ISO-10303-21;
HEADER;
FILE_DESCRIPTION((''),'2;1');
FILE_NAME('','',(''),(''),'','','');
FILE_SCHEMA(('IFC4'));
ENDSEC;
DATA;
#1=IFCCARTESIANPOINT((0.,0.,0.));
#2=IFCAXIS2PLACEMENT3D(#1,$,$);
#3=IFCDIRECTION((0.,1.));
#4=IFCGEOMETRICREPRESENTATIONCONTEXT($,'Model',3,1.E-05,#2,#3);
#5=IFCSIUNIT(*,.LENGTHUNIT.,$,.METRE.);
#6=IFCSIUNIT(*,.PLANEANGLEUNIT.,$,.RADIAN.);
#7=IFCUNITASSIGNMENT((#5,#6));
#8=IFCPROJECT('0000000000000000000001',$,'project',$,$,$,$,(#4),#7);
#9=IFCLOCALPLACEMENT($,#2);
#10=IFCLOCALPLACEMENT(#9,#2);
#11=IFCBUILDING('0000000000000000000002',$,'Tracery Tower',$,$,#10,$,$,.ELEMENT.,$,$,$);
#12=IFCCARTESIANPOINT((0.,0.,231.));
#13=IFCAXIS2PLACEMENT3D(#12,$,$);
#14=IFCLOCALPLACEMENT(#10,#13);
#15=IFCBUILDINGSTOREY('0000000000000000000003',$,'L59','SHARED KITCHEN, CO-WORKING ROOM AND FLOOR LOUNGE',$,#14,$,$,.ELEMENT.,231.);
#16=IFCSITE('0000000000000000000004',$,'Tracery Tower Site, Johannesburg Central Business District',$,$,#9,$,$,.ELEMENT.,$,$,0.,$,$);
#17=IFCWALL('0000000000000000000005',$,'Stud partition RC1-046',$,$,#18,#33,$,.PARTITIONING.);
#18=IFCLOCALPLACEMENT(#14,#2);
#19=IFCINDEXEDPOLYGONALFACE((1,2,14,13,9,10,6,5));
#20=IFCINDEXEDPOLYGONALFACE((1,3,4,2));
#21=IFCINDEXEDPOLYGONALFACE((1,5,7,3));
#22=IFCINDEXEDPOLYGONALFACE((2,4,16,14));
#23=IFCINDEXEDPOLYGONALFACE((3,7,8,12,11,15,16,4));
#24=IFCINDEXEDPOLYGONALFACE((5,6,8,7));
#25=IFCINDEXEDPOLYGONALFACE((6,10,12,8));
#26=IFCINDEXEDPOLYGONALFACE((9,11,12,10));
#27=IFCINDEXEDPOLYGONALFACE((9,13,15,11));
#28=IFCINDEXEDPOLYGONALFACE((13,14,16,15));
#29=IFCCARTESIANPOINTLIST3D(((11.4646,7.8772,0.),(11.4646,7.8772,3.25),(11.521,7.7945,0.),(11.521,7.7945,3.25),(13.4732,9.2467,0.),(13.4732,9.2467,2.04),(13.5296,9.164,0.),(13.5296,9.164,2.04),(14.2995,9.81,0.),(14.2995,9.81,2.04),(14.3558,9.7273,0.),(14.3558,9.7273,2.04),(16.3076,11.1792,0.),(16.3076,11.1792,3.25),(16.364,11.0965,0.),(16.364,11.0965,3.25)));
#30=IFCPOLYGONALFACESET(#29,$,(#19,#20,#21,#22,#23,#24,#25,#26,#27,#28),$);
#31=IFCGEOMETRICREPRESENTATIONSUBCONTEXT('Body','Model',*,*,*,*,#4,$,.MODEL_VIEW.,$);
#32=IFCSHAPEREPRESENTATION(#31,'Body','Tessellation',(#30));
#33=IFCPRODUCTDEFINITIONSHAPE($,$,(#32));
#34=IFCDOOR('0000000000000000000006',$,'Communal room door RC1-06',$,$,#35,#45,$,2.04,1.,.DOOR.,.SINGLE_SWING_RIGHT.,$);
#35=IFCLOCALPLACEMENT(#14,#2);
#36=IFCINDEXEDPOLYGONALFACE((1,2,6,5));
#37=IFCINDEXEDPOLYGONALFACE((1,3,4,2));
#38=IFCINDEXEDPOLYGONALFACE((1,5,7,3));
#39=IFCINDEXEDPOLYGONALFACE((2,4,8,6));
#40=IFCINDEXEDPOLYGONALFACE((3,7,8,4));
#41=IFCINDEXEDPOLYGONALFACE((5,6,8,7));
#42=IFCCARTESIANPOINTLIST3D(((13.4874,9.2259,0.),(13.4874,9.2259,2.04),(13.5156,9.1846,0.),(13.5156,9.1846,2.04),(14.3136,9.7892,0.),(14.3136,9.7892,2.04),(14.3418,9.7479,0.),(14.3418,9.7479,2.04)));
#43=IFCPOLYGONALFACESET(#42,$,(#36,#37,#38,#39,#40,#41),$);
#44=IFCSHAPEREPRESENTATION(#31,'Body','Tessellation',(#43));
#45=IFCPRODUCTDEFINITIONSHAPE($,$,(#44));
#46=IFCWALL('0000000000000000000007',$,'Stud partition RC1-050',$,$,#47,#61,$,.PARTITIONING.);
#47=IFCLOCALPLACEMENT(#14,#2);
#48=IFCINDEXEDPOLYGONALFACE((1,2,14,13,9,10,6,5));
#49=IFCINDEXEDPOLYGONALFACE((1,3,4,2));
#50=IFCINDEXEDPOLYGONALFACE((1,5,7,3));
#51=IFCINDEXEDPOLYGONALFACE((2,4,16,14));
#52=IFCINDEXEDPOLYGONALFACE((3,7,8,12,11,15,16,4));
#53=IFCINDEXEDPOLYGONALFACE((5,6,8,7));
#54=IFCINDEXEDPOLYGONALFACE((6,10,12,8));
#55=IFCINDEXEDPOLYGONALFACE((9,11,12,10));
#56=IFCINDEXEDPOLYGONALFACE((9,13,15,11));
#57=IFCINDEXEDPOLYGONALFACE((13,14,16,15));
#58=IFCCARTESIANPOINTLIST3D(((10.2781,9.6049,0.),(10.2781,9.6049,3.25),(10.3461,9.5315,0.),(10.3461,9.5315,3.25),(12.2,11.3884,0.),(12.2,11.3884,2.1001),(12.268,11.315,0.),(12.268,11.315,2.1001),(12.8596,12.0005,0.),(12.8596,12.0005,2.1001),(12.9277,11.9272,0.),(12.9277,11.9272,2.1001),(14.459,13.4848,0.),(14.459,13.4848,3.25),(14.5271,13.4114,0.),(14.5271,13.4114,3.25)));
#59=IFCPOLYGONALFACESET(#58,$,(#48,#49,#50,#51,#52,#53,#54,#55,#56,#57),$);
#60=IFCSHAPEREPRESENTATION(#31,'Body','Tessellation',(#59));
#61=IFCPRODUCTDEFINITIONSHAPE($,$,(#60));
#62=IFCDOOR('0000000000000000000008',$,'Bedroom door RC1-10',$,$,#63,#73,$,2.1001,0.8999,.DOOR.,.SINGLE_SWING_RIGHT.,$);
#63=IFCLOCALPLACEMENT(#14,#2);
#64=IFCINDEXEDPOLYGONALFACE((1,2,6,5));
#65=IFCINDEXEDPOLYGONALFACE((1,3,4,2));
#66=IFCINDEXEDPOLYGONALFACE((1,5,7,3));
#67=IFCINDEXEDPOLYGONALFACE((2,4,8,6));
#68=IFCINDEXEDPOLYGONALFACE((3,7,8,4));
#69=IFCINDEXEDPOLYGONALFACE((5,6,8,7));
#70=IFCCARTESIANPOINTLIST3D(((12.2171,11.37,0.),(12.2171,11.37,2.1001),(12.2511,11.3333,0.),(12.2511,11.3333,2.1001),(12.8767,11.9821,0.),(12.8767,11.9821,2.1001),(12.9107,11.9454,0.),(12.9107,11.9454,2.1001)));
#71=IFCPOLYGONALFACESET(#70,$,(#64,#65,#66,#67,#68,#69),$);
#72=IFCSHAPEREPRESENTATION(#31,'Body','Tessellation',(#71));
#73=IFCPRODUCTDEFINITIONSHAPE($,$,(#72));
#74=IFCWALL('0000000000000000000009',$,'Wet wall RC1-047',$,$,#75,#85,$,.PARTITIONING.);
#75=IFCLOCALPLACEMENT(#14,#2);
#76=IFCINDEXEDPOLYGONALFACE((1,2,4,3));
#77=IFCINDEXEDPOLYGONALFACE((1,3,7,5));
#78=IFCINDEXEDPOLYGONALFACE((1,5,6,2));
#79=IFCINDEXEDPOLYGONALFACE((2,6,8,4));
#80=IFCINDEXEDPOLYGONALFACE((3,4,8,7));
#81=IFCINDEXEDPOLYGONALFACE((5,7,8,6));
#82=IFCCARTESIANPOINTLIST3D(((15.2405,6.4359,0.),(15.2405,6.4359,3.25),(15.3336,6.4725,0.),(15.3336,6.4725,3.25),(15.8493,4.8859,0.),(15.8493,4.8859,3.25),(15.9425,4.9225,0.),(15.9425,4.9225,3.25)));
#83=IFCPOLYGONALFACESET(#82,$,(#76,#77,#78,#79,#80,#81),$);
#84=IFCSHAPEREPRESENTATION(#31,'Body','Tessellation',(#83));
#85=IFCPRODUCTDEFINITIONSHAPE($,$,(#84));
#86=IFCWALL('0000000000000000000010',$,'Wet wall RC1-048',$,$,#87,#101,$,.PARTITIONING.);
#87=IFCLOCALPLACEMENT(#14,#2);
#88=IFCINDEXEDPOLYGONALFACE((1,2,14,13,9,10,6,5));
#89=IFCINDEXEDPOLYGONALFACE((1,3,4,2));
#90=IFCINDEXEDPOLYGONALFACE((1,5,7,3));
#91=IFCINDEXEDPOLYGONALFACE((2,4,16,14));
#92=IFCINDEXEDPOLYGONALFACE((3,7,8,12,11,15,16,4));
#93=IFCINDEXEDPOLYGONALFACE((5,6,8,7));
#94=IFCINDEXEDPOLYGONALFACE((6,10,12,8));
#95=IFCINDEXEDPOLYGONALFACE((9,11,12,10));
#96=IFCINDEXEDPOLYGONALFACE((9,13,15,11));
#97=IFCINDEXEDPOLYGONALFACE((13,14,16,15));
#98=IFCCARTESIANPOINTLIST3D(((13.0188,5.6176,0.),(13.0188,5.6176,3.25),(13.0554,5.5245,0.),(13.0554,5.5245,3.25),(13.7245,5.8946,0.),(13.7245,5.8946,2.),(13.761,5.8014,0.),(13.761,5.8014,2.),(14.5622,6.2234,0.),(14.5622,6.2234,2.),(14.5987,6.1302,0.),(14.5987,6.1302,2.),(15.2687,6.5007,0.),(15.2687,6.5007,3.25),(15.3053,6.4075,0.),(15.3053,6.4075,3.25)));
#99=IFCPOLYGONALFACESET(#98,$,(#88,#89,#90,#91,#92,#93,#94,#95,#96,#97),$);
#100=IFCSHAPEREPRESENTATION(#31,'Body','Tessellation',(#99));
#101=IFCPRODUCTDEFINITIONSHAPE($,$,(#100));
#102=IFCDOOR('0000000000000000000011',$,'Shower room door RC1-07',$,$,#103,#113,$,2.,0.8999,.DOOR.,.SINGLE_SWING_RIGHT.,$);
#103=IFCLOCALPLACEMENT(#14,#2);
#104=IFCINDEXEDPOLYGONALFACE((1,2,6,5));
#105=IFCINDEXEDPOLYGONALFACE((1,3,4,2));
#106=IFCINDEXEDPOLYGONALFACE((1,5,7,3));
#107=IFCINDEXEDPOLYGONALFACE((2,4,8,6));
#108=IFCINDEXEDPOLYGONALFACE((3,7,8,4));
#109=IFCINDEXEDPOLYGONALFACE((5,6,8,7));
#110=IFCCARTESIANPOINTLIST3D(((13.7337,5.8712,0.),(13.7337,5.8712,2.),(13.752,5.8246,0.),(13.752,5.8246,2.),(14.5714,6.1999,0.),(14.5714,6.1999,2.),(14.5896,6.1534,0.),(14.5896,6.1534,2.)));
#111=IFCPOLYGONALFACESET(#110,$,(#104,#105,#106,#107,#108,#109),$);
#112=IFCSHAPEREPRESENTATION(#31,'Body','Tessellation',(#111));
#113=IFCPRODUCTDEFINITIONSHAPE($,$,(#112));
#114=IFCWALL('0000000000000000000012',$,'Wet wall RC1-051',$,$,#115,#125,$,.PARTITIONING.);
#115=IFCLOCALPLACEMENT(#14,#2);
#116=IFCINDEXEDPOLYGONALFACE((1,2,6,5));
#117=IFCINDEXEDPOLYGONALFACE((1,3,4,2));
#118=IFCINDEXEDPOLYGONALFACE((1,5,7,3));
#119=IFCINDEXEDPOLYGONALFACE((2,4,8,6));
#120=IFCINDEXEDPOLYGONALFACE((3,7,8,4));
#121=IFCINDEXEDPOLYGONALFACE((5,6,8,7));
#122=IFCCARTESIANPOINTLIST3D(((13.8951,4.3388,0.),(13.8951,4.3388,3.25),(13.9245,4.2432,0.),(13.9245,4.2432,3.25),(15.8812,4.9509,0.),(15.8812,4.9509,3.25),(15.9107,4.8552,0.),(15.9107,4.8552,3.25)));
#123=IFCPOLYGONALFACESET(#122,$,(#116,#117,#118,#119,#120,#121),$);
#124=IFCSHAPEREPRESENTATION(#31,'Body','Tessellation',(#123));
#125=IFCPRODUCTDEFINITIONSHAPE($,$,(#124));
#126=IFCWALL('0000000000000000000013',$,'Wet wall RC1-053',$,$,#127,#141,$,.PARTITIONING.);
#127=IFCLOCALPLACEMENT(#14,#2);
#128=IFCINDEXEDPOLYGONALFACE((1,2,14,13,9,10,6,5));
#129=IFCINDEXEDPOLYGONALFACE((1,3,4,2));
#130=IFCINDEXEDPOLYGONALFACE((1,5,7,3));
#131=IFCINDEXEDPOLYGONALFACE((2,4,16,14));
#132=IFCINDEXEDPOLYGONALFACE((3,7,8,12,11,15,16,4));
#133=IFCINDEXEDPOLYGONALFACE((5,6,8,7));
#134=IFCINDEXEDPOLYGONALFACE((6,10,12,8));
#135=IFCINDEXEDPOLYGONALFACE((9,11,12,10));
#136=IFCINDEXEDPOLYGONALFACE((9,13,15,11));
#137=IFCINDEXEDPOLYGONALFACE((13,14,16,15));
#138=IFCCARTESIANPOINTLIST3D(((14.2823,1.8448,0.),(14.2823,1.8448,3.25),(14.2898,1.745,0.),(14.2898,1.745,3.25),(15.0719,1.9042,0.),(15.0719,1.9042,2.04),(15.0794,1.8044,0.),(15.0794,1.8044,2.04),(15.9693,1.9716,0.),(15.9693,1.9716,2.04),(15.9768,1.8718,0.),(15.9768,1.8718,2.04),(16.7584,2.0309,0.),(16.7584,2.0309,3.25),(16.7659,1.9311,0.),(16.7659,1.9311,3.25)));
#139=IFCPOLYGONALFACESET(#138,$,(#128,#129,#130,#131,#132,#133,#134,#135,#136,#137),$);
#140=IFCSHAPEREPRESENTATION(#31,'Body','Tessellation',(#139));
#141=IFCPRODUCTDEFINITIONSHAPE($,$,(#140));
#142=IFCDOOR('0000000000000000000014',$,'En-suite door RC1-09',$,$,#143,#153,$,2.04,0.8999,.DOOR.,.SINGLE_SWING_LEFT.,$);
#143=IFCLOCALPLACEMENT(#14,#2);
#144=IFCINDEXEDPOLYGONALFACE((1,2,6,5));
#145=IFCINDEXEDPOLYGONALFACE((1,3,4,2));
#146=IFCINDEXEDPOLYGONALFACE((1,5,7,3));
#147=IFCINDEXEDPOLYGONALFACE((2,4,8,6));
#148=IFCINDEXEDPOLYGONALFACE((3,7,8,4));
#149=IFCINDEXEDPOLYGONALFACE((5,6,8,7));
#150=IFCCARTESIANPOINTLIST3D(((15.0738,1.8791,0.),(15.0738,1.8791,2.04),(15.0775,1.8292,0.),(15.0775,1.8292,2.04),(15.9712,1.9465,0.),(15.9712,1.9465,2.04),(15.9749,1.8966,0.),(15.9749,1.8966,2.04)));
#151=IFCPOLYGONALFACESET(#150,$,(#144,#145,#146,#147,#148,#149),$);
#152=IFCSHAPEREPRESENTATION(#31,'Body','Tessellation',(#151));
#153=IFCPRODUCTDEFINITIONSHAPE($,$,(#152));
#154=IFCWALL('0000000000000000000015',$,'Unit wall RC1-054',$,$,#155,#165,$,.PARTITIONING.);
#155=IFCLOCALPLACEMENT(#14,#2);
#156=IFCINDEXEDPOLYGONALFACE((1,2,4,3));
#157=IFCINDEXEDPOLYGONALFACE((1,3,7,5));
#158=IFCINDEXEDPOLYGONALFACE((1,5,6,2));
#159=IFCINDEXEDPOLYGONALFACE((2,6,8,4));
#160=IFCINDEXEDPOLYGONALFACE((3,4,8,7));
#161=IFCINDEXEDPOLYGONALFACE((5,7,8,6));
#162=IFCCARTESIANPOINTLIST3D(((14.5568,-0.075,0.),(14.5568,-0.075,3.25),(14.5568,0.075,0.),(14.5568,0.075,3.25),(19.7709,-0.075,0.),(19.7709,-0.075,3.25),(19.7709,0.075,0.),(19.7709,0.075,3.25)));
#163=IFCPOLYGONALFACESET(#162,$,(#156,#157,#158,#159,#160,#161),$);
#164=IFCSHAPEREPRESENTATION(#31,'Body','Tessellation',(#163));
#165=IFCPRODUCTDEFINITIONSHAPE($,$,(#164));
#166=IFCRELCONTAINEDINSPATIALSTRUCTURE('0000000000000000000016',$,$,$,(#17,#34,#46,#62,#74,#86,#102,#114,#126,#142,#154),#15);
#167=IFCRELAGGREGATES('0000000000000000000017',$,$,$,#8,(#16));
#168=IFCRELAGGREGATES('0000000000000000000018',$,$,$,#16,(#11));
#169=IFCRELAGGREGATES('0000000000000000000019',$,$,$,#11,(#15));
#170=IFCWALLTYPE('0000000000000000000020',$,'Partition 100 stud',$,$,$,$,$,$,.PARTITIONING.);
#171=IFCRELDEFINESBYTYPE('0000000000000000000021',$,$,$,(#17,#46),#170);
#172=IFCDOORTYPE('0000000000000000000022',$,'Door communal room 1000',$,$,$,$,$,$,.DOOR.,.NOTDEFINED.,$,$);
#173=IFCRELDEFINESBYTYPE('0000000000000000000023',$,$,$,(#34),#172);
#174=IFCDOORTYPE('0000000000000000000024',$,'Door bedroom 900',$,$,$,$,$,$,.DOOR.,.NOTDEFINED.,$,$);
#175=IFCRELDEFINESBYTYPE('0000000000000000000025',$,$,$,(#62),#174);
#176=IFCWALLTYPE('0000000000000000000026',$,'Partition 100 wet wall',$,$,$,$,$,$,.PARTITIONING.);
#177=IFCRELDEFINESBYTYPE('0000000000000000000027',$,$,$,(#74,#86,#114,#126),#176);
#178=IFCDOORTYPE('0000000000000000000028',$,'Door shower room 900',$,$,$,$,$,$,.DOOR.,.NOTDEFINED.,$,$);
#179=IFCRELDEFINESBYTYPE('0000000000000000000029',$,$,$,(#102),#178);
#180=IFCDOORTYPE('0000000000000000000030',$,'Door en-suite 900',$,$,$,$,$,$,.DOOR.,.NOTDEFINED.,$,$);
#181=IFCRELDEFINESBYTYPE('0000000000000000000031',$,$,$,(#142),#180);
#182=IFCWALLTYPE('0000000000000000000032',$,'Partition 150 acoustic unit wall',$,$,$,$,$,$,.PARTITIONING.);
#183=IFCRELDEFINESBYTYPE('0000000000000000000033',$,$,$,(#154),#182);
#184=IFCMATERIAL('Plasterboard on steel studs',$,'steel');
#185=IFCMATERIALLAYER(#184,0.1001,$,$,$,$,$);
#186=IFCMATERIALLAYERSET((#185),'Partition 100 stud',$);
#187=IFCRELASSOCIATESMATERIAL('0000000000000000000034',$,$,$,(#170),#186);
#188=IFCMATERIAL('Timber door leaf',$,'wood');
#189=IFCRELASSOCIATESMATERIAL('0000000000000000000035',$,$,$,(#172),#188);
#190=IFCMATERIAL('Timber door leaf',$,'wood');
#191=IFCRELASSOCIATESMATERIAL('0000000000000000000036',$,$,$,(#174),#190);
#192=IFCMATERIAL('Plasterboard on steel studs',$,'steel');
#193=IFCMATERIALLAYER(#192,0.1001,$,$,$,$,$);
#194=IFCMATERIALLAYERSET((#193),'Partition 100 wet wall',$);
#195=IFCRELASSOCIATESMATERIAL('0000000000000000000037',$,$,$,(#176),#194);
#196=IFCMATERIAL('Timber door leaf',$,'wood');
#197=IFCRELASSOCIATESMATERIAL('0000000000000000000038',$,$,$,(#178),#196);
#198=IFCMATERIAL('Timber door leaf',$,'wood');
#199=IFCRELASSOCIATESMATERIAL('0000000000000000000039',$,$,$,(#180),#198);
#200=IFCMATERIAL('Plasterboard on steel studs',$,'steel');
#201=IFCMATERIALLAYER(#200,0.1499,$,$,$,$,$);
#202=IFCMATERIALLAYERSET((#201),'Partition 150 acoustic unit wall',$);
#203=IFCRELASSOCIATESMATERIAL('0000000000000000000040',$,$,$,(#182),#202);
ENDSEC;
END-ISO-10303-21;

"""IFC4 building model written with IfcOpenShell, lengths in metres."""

from ifc_helpers import new_model, si_unit, direction, frame, frame_2d, origin, place, context, subcontext, project, spatial, rectangle, extrude, material, layer, layer_set, type_object, element, fill, save


model = new_model("IFC4")

# Units and contexts
model_context = context("Model", 3, precision=1e-05, world=origin(), true_north=direction((0.0, 1.0)))
body_context = subcontext(model_context, "Body", "Model", "MODEL_VIEW")
ifc_project = project(units=[si_unit("LENGTHUNIT", "METRE"), si_unit("PLANEANGLEUNIT", "RADIAN")], contexts=[model_context])

# Site, building, storey
site_placement = place(None, origin())
site = spatial("IfcSite", under=ifc_project, at=site_placement, Name="Tracery Tower Site, Johannesburg Central Business District", CompositionType="ELEMENT", RefElevation=0.0)
building_placement = place(site_placement, origin())
building = spatial("IfcBuilding", under=site, at=building_placement, Name="Tracery Tower", CompositionType="ELEMENT")
storey_placement = place(building_placement, frame((0.0, 0.0, 231.0)))
storey = spatial("IfcBuildingStorey", under=building, at=storey_placement, Name="L59", Description="SHARED KITCHEN, CO-WORKING ROOM AND FLOOR LOUNGE", CompositionType="ELEMENT", Elevation=231.0)

# Walls, openings, doors
ifc_material_1 = material(Name="Plasterboard on steel studs", Category="steel")
ifc_layer_1 = layer(ifc_material_1, 0.1001)
ifc_layer_set_1 = layer_set([ifc_layer_1], Name="Partition 100 stud")
wall_type_1 = type_object("IfcWallType", Name="Partition 100 stud", PredefinedType="PARTITIONING", material=ifc_layer_set_1)
wall_1_placement = place(storey_placement, frame((11.4929, 7.8359, 0.0), z_axis=(0.0, 0.0, 1.0), x_axis=(0.826232, 0.56333, 0.0)))
wall_1 = element("IfcWall", 1, at=wall_1_placement, inside=storey, type_object=wall_type_1, Name="Stud partition RC1-046", PredefinedType="PARTITIONING", context=body_context, shape_type="SweptSolid", body=[
    extrude(rectangle(XDim=5.8616, YDim=0.1001, at=frame_2d((2.9307, 0.0))), origin(), (0.0, 0.0, 1.0), 3.25),
])
opening_1_placement = place(wall_1_placement, frame((2.4309, 0.0, 0.0)))
opening_1 = element("IfcOpeningElement", 2, at=opening_1_placement, cuts=wall_1, PredefinedType="OPENING", context=body_context, shape_type="SweptSolid", body=[
    extrude(rectangle(XDim=1.0, YDim=2.04, at=frame_2d((0.5, 1.02))), frame((0.0, 0.05, 0.0), z_axis=(0.0, -1.0, 0.0), x_axis=(1.0, 0.0, 0.0)), (0.0, 0.0, 1.0), 0.1001),
])
ifc_material_2 = material(Name="Timber door leaf", Category="wood")
door_type_1 = type_object("IfcDoorType", Name="Door communal room 1000", OperationType="NOTDEFINED", PredefinedType="DOOR", material=ifc_material_2)
door_1_placement = place(opening_1_placement, origin())
door_1 = element("IfcDoor", 3, at=door_1_placement, inside=storey, type_object=door_type_1, Name="Communal room door RC1-06", OperationType="SINGLE_SWING_RIGHT", OverallHeight=2.04, OverallWidth=1.0, PredefinedType="DOOR", context=body_context, shape_type="SweptSolid", body=[
    extrude(rectangle(XDim=1.0, YDim=2.04, at=frame_2d((0.5, 1.02))), frame((0.0, 0.0249, 0.0), z_axis=(0.0, -1.0, 0.0), x_axis=(1.0, 0.0, 0.0)), (0.0, 0.0, 1.0), 0.05),
])
fill(opening_1, door_1)
wall_2_placement = place(storey_placement, frame((10.312, 9.5681, 0.0), z_axis=(0.0, 0.0, 1.0), x_axis=(0.733002, 0.680226, 0.0)))
wall_2 = element("IfcWall", 4, at=wall_2_placement, inside=storey, type_object=wall_type_1, Name="Stud partition RC1-050", PredefinedType="PARTITIONING", context=body_context, shape_type="SweptSolid", body=[
    extrude(rectangle(XDim=5.7039, YDim=0.1001, at=frame_2d((2.8521, 0.0))), origin(), (0.0, 0.0, 1.0), 3.25),
])
opening_2_placement = place(wall_2_placement, frame((2.6221, 0.0, 0.0)))
opening_2 = element("IfcOpeningElement", 5, at=opening_2_placement, cuts=wall_2, PredefinedType="OPENING", context=body_context, shape_type="SweptSolid", body=[
    extrude(rectangle(XDim=0.8999, YDim=2.1001, at=frame_2d((0.45, 1.05))), frame((0.0, 0.05, 0.0), z_axis=(0.0, -1.0, 0.0), x_axis=(1.0, 0.0, 0.0)), (0.0, 0.0, 1.0), 0.1001),
])
ifc_material_3 = material(Name="Timber door leaf", Category="wood")
door_type_2 = type_object("IfcDoorType", Name="Door bedroom 900", OperationType="NOTDEFINED", PredefinedType="DOOR", material=ifc_material_3)
door_2_placement = place(opening_2_placement, origin())
door_2 = element("IfcDoor", 6, at=door_2_placement, inside=storey, type_object=door_type_2, Name="Bedroom door RC1-10", OperationType="SINGLE_SWING_RIGHT", OverallHeight=2.1001, OverallWidth=0.8999, PredefinedType="DOOR", context=body_context, shape_type="SweptSolid", body=[
    extrude(rectangle(XDim=0.8999, YDim=2.1001, at=frame_2d((0.45, 1.05))), frame((0.0, 0.0249, 0.0), z_axis=(0.0, -1.0, 0.0), x_axis=(1.0, 0.0, 0.0)), (0.0, 0.0, 1.0), 0.05),
])
fill(opening_2, door_2)

# Wall
ifc_material_4 = material(Name="Plasterboard on steel studs", Category="steel")
ifc_layer_2 = layer(ifc_material_4, 0.1001)
ifc_layer_set_2 = layer_set([ifc_layer_2], Name="Partition 100 wet wall")
wall_type_2 = type_object("IfcWallType", Name="Partition 100 wet wall", PredefinedType="PARTITIONING", material=ifc_layer_set_2)
wall_3_placement = place(storey_placement, frame((15.2871, 6.4541, 0.0), z_axis=(0.0, 0.0, 1.0), x_axis=(0.365621, -0.930764, 0.0)))
element("IfcWall", 7, at=wall_3_placement, inside=storey, type_object=wall_type_2, Name="Wet wall RC1-047", PredefinedType="PARTITIONING", context=body_context, shape_type="SweptSolid", body=[
    extrude(rectangle(XDim=1.6653, YDim=0.1001, at=frame_2d((0.8325, 0.0))), origin(), (0.0, 0.0, 1.0), 3.25),
])

# Wall, opening, door
wall_4_placement = place(storey_placement, frame((13.0371, 5.571, 0.0), z_axis=(0.0, 0.0, 1.0), x_axis=(0.930874, 0.36534, 0.0)))
wall_4 = element("IfcWall", 8, at=wall_4_placement, inside=storey, type_object=wall_type_2, Name="Wet wall RC1-048", PredefinedType="PARTITIONING", context=body_context, shape_type="SweptSolid", body=[
    extrude(rectangle(XDim=2.417, YDim=0.1001, at=frame_2d((1.2085, 0.0))), origin(), (0.0, 0.0, 1.0), 3.25),
])
opening_3_placement = place(wall_4_placement, frame((0.7581, 0.0, 0.0)))
opening_3 = element("IfcOpeningElement", 9, at=opening_3_placement, cuts=wall_4, PredefinedType="OPENING", context=body_context, shape_type="SweptSolid", body=[
    extrude(rectangle(XDim=0.8999, YDim=2.0, at=frame_2d((0.45, 1.0))), frame((0.0, 0.05, 0.0), z_axis=(0.0, -1.0, 0.0), x_axis=(1.0, 0.0, 0.0)), (0.0, 0.0, 1.0), 0.1001),
])
ifc_material_5 = material(Name="Timber door leaf", Category="wood")
door_type_3 = type_object("IfcDoorType", Name="Door shower room 900", OperationType="NOTDEFINED", PredefinedType="DOOR", material=ifc_material_5)
door_3_placement = place(opening_3_placement, origin())
door_3 = element("IfcDoor", 10, at=door_3_placement, inside=storey, type_object=door_type_3, Name="Shower room door RC1-07", OperationType="SINGLE_SWING_RIGHT", OverallHeight=2.0, OverallWidth=0.8999, PredefinedType="DOOR", context=body_context, shape_type="SweptSolid", body=[
    extrude(rectangle(XDim=0.8999, YDim=2.0, at=frame_2d((0.45, 1.0))), frame((0.0, 0.0249, 0.0), z_axis=(0.0, -1.0, 0.0), x_axis=(1.0, 0.0, 0.0)), (0.0, 0.0, 1.0), 0.05),
])
fill(opening_3, door_3)

# Wall
wall_5_placement = place(storey_placement, frame((13.9099, 4.291, 0.0), z_axis=(0.0, 0.0, 1.0), x_axis=(0.955649, 0.294507, 0.0)))
element("IfcWall", 11, at=wall_5_placement, inside=storey, type_object=wall_type_2, Name="Wet wall RC1-051", PredefinedType="PARTITIONING", context=body_context, shape_type="SweptSolid", body=[
    extrude(rectangle(XDim=2.0784, YDim=0.1001, at=frame_2d((1.0391, 0.0))), origin(), (0.0, 0.0, 1.0), 3.25),
])

# Wall, opening, door
wall_6_placement = place(storey_placement, frame((14.2859, 1.7949, 0.0), z_axis=(0.0, 0.0, 1.0), x_axis=(0.997189, 0.074922, 0.0)))
wall_6 = element("IfcWall", 12, at=wall_6_placement, inside=storey, type_object=wall_type_2, Name="Wet wall RC1-053", PredefinedType="PARTITIONING", context=body_context, shape_type="SweptSolid", body=[
    extrude(rectangle(XDim=2.4832, YDim=0.1001, at=frame_2d((1.2417, 0.0))), origin(), (0.0, 0.0, 1.0), 3.25),
])
opening_4_placement = place(wall_6_placement, frame((0.792, 0.0, 0.0)))
opening_4 = element("IfcOpeningElement", 13, at=opening_4_placement, cuts=wall_6, PredefinedType="OPENING", context=body_context, shape_type="SweptSolid", body=[
    extrude(rectangle(XDim=0.8999, YDim=2.04, at=frame_2d((0.45, 1.02))), frame((0.0, 0.05, 0.0), z_axis=(0.0, -1.0, 0.0), x_axis=(1.0, 0.0, 0.0)), (0.0, 0.0, 1.0), 0.1001),
])
ifc_material_6 = material(Name="Timber door leaf", Category="wood")
door_type_4 = type_object("IfcDoorType", Name="Door en-suite 900", OperationType="NOTDEFINED", PredefinedType="DOOR", material=ifc_material_6)
door_4_placement = place(opening_4_placement, origin())
door_4 = element("IfcDoor", 14, at=door_4_placement, inside=storey, type_object=door_type_4, Name="En-suite door RC1-09", OperationType="SINGLE_SWING_LEFT", OverallHeight=2.04, OverallWidth=0.8999, PredefinedType="DOOR", context=body_context, shape_type="SweptSolid", body=[
    extrude(rectangle(XDim=0.8999, YDim=2.04, at=frame_2d((0.45, 1.02))), frame((0.0, 0.0249, 0.0), z_axis=(0.0, -1.0, 0.0), x_axis=(1.0, 0.0, 0.0)), (0.0, 0.0, 1.0), 0.05),
])
fill(opening_4, door_4)

# Wall
ifc_material_7 = material(Name="Plasterboard on steel studs", Category="steel")
ifc_layer_3 = layer(ifc_material_7, 0.1499)
ifc_layer_set_3 = layer_set([ifc_layer_3], Name="Partition 150 acoustic unit wall")
wall_type_3 = type_object("IfcWallType", Name="Partition 150 acoustic unit wall", PredefinedType="PARTITIONING", material=ifc_layer_set_3)
wall_7_placement = place(storey_placement, frame((14.5569, 0.0, 0.0), z_axis=(0.0, 0.0, 1.0), x_axis=(1.0, 0.0, 0.0)))
element("IfcWall", 15, at=wall_7_placement, inside=storey, type_object=wall_type_3, Name="Unit wall RC1-054", PredefinedType="PARTITIONING", context=body_context, shape_type="SweptSolid", body=[
    extrude(rectangle(XDim=5.2141, YDim=0.1499, at=frame_2d((2.6069, 0.0))), origin(), (0.0, 0.0, 1.0), 3.25),
])

save(model, "model.ifc")
